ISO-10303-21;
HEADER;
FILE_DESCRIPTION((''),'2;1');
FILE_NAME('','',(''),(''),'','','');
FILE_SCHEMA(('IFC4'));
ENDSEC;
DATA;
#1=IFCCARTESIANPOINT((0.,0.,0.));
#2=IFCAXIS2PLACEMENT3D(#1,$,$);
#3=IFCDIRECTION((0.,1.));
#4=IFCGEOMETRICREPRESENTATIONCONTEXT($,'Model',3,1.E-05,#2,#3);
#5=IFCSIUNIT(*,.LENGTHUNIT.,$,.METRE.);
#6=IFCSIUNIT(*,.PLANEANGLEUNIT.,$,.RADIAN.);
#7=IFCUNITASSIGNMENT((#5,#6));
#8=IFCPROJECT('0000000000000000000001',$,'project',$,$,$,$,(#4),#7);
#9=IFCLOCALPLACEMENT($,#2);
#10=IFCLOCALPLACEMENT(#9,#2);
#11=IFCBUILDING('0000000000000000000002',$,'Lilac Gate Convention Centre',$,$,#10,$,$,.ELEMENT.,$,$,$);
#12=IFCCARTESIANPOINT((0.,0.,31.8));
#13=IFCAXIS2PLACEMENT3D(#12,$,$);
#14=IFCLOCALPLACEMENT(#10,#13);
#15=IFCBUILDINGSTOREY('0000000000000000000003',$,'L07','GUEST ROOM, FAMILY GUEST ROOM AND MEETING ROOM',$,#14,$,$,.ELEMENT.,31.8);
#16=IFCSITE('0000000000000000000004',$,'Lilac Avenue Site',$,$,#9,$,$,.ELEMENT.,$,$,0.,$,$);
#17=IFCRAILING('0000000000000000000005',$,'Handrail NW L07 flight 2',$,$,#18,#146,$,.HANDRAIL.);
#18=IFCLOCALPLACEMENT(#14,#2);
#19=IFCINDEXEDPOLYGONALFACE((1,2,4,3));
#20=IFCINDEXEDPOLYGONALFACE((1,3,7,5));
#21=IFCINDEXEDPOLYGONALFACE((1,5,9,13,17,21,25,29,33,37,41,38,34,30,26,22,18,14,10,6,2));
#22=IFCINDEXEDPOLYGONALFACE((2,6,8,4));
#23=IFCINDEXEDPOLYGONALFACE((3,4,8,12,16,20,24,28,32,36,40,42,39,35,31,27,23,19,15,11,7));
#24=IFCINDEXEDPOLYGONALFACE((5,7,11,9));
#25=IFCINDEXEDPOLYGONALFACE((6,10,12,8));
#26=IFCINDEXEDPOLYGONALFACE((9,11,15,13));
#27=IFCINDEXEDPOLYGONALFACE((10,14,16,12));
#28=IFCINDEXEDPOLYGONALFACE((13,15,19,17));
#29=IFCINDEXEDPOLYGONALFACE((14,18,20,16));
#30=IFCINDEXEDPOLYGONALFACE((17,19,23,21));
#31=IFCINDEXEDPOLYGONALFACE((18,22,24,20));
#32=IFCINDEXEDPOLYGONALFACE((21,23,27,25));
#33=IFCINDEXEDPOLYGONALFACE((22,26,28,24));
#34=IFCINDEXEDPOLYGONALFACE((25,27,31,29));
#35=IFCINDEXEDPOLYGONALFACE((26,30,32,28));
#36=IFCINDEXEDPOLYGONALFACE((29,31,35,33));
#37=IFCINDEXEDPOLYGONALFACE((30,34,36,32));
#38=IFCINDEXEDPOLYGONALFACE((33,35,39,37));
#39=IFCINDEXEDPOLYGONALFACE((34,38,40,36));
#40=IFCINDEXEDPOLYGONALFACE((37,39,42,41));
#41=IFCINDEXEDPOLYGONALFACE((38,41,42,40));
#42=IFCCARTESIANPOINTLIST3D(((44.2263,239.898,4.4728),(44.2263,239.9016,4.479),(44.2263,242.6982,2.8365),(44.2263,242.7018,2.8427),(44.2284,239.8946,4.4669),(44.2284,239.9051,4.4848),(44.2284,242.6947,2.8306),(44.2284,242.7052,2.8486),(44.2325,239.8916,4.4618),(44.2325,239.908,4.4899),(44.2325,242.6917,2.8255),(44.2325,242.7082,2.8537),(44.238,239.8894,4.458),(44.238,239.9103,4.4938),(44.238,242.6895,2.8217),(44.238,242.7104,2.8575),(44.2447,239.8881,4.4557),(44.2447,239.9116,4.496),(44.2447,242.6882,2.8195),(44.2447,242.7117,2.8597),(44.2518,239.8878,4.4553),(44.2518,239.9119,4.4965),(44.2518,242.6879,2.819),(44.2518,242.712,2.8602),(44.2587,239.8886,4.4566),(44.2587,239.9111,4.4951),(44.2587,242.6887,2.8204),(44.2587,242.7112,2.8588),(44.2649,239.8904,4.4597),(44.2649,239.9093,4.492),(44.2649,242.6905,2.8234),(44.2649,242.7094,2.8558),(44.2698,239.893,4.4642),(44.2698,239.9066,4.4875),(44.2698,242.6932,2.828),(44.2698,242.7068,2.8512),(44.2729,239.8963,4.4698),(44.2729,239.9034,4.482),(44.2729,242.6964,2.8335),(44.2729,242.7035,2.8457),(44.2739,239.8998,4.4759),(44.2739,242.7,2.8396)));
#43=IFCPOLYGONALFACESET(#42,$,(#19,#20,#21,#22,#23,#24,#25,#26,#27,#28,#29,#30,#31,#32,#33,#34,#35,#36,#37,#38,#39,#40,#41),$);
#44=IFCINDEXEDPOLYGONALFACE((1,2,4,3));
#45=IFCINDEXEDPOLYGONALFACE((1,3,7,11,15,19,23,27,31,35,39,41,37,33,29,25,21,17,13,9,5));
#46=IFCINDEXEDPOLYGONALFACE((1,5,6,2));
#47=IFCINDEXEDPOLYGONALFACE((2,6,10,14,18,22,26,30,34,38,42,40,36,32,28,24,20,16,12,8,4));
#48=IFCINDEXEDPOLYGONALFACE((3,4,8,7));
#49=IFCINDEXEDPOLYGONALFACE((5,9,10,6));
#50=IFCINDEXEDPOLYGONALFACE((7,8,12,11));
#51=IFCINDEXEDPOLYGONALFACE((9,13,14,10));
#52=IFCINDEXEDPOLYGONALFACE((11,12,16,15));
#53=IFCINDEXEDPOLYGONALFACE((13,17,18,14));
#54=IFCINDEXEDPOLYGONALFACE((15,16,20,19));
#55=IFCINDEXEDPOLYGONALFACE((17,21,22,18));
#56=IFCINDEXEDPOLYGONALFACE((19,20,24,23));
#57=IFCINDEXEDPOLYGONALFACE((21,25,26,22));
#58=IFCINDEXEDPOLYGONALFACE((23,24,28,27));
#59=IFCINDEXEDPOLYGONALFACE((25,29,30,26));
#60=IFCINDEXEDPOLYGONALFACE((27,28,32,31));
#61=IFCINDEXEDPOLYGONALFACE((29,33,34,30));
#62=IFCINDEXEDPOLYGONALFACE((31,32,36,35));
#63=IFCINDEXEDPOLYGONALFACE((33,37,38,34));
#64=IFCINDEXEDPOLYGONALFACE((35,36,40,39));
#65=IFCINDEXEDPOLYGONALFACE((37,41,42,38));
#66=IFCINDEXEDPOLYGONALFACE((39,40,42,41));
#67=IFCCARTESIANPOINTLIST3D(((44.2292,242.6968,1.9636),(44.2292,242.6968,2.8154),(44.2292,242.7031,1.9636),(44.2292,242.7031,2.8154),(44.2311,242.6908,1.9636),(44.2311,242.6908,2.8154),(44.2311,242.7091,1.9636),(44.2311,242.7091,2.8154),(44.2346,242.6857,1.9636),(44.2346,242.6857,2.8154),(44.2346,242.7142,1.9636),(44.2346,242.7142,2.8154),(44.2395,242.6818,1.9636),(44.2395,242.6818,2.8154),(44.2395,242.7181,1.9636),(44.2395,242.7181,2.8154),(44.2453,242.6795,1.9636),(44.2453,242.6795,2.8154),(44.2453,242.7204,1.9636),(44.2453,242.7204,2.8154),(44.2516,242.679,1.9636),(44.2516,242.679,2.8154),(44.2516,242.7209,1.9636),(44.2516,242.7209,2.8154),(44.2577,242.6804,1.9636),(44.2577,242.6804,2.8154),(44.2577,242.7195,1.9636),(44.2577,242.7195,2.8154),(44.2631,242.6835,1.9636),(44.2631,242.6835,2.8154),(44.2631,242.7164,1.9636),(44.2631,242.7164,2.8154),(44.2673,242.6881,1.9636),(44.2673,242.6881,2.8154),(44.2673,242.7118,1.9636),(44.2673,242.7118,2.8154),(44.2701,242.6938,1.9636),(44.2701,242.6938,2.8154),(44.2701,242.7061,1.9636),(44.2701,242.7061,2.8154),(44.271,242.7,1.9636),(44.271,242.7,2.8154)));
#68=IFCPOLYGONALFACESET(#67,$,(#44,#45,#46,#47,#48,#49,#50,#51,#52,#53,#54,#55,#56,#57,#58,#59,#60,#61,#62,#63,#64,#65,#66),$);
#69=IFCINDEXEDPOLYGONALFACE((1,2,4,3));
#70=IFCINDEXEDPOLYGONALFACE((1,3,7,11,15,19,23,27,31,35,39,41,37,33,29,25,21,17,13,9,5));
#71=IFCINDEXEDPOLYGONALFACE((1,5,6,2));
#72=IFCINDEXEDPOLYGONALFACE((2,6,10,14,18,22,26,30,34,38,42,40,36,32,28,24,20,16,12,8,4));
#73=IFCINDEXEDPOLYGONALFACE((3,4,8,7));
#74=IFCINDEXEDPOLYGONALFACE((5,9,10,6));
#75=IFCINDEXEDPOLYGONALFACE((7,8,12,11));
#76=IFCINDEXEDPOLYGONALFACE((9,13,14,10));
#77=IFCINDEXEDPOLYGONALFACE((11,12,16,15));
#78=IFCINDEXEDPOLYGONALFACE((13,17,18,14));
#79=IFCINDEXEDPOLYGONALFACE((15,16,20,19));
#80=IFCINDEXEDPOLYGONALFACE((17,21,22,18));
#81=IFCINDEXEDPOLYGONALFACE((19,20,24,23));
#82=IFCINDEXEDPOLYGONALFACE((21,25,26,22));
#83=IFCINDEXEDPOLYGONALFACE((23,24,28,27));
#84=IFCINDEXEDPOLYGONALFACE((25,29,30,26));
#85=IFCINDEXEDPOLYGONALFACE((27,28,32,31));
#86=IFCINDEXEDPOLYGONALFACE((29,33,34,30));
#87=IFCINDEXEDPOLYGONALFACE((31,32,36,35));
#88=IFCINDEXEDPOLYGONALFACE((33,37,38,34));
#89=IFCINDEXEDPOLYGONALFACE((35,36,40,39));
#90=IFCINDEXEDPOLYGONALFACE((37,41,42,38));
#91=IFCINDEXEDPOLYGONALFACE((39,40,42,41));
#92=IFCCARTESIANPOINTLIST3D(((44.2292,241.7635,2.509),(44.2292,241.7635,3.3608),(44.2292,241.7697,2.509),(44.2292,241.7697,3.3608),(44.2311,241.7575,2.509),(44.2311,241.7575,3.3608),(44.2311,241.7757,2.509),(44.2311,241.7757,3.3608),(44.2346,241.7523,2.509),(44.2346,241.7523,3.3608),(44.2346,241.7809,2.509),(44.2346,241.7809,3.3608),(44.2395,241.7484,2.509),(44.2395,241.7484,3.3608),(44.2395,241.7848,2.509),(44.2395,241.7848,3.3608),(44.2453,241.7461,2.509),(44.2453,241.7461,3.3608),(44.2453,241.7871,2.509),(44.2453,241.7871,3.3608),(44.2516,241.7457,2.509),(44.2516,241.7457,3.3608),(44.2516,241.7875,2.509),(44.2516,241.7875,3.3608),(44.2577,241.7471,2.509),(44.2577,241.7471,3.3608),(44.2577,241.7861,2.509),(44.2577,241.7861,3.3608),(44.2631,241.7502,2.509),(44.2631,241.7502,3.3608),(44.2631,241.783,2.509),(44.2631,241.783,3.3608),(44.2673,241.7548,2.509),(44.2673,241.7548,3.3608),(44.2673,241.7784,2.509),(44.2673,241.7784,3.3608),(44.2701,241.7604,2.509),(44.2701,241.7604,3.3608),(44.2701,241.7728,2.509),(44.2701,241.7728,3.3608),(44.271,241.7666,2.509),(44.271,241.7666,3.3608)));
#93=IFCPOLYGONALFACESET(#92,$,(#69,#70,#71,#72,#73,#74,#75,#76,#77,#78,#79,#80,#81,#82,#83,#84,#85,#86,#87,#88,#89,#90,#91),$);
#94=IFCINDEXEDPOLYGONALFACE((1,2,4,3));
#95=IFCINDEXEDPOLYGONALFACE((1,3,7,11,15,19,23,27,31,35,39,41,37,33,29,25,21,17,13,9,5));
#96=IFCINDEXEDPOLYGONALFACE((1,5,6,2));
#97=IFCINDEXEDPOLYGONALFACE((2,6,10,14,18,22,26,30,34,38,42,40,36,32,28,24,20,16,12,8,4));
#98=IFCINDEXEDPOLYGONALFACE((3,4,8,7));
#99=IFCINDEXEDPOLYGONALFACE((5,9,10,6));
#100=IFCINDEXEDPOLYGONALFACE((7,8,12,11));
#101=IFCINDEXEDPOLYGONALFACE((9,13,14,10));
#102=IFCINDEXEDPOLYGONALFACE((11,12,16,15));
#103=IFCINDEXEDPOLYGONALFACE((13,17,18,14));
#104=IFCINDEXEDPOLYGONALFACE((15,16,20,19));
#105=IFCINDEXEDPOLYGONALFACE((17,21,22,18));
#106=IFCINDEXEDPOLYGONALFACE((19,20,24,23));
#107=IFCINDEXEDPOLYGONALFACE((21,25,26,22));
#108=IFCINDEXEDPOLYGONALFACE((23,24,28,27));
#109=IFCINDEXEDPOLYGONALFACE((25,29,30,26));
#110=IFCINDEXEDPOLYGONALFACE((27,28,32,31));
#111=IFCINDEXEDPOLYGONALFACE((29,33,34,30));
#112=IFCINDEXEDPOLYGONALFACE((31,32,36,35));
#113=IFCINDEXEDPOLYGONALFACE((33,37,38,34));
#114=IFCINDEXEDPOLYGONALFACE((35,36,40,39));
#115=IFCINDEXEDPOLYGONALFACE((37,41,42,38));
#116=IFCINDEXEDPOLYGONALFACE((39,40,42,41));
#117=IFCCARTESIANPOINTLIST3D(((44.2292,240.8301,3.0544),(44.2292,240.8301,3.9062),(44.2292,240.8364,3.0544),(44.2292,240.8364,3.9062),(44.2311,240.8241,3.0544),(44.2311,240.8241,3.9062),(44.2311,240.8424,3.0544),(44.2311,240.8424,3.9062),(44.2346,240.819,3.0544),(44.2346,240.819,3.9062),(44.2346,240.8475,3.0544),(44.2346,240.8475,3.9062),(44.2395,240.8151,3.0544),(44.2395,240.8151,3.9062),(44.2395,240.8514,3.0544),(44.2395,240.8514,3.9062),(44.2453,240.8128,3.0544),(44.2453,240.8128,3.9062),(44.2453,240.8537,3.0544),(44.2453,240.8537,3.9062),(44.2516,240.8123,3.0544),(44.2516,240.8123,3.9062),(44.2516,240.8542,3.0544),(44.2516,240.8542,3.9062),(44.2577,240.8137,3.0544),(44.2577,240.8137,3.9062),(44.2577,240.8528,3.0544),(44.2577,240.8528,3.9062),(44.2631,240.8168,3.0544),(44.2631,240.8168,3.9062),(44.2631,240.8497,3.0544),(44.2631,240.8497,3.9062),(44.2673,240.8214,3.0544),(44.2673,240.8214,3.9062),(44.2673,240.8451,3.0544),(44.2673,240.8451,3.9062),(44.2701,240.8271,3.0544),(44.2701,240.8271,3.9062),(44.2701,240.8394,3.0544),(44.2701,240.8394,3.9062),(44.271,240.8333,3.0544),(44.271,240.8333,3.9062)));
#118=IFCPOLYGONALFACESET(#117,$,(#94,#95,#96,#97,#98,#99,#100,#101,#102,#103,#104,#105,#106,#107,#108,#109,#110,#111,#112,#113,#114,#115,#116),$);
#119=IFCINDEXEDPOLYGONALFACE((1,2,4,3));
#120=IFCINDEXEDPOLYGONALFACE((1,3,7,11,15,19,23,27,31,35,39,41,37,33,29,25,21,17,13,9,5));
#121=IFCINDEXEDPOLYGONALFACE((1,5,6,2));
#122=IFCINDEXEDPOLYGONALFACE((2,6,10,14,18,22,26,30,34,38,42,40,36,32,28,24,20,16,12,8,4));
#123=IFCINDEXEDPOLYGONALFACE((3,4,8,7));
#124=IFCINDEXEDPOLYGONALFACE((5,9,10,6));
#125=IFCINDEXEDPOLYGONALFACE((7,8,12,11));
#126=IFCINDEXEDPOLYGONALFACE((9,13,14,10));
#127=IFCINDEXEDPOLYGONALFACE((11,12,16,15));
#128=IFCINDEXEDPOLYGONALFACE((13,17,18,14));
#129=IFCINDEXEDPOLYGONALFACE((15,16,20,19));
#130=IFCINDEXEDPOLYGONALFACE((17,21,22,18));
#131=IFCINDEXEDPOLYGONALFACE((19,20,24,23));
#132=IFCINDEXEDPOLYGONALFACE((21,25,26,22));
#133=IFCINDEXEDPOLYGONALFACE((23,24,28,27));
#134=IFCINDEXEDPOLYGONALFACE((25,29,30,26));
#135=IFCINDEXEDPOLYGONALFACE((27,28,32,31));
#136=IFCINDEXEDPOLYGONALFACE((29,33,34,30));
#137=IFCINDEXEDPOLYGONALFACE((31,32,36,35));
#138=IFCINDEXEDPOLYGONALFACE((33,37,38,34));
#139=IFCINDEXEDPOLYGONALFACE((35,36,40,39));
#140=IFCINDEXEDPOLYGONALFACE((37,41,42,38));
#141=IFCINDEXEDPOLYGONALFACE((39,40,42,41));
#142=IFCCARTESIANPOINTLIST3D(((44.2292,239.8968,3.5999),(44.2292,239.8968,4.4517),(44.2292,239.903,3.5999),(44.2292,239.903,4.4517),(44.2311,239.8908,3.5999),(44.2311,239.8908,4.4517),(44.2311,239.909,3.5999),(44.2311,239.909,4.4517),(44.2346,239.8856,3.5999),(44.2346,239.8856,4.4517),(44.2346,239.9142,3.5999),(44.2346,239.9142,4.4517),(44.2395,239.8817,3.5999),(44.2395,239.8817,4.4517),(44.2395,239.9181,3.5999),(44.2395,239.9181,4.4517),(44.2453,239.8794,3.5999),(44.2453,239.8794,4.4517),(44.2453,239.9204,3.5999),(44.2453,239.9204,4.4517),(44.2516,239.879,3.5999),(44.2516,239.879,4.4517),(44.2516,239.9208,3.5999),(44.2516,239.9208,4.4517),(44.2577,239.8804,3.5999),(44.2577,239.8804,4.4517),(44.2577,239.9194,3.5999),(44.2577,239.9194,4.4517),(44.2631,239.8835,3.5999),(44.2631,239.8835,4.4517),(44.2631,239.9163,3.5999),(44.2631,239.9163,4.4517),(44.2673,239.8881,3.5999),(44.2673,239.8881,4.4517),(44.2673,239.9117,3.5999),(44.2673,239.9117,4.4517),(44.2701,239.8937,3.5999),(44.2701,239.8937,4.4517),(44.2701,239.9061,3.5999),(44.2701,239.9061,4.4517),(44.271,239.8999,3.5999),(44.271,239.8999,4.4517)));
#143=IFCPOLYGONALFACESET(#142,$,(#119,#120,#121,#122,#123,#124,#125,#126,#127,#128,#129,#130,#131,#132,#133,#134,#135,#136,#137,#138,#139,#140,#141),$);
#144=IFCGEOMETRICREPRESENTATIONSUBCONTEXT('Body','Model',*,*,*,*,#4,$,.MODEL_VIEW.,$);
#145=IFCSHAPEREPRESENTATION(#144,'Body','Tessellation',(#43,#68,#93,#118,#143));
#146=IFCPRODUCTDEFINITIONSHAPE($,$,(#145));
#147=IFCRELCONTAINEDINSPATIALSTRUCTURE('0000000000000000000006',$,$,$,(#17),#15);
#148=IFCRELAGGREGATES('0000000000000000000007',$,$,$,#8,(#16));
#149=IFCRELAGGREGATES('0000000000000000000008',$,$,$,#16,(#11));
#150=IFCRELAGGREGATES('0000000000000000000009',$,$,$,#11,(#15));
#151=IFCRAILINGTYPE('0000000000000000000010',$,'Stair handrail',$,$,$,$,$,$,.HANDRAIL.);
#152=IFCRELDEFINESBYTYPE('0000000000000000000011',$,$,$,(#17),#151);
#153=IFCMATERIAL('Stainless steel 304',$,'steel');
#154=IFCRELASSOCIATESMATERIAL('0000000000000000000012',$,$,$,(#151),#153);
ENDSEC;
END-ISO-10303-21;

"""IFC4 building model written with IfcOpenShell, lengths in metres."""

from ifc_helpers import new_model, si_unit, direction, frame, origin, origin_2d, place, context, subcontext, project, spatial, circle, extrude, material, type_object, element, save


model = new_model("IFC4")

# Units and contexts
model_context = context("Model", 3, precision=1e-05, world=origin(), true_north=direction((0.0, 1.0)))
body_context = subcontext(model_context, "Body", "Model", "MODEL_VIEW")
ifc_project = project(units=[si_unit("LENGTHUNIT", "METRE"), si_unit("PLANEANGLEUNIT", "RADIAN")], contexts=[model_context])

# Site, building, storey
site_placement = place(None, origin())
site = spatial("IfcSite", under=ifc_project, at=site_placement, Name="Lilac Avenue Site", CompositionType="ELEMENT", RefElevation=0.0)
building_placement = place(site_placement, origin())
building = spatial("IfcBuilding", under=site, at=building_placement, Name="Lilac Gate Convention Centre", CompositionType="ELEMENT")
storey_placement = place(building_placement, frame((0.0, 0.0, 31.8)))
storey = spatial("IfcBuildingStorey", under=building, at=storey_placement, Name="L07", Description="GUEST ROOM, FAMILY GUEST ROOM AND MEETING ROOM", CompositionType="ELEMENT", Elevation=31.8)

# Railing
ifc_material_1 = material(Name="Stainless steel 304", Category="steel")
railing_type = type_object("IfcRailingType", Name="Stair handrail", PredefinedType="HANDRAIL", material=ifc_material_1)
for number, where, name in (
    (1, (44.25, 242.7, 1.9636), "Handrail NW L07 flight 2"),
):
    element("IfcRailing", number, at=place(storey_placement, frame(where)), inside=storey, type_object=railing_type, Name=name, PredefinedType="HANDRAIL", context=body_context, shape_type="SweptSolid", body=[
        extrude(circle(Radius=0.0239, at=origin_2d()), frame((0.0, 0.0, 0.876), z_axis=(0.0, -0.863394, 0.504531), x_axis=(1.0, 0.0, 0.0)), (0.0, 0.0, 1.0), 3.2432),
        extrude(circle(Radius=0.021, at=origin_2d()), origin(), (0.0, 0.0, 1.0), 0.8518),
        extrude(circle(Radius=0.021, at=origin_2d()), frame((0.0, -0.9333, 0.5454)), (0.0, 0.0, 1.0), 0.8518),
        extrude(circle(Radius=0.021, at=origin_2d()), frame((0.0, -1.8667, 1.0908)), (0.0, 0.0, 1.0), 0.8518),
        extrude(circle(Radius=0.021, at=origin_2d()), frame((0.0, -2.8, 1.6362)), (0.0, 0.0, 1.0), 0.8518),
    ])

save(model, "model.ifc")
